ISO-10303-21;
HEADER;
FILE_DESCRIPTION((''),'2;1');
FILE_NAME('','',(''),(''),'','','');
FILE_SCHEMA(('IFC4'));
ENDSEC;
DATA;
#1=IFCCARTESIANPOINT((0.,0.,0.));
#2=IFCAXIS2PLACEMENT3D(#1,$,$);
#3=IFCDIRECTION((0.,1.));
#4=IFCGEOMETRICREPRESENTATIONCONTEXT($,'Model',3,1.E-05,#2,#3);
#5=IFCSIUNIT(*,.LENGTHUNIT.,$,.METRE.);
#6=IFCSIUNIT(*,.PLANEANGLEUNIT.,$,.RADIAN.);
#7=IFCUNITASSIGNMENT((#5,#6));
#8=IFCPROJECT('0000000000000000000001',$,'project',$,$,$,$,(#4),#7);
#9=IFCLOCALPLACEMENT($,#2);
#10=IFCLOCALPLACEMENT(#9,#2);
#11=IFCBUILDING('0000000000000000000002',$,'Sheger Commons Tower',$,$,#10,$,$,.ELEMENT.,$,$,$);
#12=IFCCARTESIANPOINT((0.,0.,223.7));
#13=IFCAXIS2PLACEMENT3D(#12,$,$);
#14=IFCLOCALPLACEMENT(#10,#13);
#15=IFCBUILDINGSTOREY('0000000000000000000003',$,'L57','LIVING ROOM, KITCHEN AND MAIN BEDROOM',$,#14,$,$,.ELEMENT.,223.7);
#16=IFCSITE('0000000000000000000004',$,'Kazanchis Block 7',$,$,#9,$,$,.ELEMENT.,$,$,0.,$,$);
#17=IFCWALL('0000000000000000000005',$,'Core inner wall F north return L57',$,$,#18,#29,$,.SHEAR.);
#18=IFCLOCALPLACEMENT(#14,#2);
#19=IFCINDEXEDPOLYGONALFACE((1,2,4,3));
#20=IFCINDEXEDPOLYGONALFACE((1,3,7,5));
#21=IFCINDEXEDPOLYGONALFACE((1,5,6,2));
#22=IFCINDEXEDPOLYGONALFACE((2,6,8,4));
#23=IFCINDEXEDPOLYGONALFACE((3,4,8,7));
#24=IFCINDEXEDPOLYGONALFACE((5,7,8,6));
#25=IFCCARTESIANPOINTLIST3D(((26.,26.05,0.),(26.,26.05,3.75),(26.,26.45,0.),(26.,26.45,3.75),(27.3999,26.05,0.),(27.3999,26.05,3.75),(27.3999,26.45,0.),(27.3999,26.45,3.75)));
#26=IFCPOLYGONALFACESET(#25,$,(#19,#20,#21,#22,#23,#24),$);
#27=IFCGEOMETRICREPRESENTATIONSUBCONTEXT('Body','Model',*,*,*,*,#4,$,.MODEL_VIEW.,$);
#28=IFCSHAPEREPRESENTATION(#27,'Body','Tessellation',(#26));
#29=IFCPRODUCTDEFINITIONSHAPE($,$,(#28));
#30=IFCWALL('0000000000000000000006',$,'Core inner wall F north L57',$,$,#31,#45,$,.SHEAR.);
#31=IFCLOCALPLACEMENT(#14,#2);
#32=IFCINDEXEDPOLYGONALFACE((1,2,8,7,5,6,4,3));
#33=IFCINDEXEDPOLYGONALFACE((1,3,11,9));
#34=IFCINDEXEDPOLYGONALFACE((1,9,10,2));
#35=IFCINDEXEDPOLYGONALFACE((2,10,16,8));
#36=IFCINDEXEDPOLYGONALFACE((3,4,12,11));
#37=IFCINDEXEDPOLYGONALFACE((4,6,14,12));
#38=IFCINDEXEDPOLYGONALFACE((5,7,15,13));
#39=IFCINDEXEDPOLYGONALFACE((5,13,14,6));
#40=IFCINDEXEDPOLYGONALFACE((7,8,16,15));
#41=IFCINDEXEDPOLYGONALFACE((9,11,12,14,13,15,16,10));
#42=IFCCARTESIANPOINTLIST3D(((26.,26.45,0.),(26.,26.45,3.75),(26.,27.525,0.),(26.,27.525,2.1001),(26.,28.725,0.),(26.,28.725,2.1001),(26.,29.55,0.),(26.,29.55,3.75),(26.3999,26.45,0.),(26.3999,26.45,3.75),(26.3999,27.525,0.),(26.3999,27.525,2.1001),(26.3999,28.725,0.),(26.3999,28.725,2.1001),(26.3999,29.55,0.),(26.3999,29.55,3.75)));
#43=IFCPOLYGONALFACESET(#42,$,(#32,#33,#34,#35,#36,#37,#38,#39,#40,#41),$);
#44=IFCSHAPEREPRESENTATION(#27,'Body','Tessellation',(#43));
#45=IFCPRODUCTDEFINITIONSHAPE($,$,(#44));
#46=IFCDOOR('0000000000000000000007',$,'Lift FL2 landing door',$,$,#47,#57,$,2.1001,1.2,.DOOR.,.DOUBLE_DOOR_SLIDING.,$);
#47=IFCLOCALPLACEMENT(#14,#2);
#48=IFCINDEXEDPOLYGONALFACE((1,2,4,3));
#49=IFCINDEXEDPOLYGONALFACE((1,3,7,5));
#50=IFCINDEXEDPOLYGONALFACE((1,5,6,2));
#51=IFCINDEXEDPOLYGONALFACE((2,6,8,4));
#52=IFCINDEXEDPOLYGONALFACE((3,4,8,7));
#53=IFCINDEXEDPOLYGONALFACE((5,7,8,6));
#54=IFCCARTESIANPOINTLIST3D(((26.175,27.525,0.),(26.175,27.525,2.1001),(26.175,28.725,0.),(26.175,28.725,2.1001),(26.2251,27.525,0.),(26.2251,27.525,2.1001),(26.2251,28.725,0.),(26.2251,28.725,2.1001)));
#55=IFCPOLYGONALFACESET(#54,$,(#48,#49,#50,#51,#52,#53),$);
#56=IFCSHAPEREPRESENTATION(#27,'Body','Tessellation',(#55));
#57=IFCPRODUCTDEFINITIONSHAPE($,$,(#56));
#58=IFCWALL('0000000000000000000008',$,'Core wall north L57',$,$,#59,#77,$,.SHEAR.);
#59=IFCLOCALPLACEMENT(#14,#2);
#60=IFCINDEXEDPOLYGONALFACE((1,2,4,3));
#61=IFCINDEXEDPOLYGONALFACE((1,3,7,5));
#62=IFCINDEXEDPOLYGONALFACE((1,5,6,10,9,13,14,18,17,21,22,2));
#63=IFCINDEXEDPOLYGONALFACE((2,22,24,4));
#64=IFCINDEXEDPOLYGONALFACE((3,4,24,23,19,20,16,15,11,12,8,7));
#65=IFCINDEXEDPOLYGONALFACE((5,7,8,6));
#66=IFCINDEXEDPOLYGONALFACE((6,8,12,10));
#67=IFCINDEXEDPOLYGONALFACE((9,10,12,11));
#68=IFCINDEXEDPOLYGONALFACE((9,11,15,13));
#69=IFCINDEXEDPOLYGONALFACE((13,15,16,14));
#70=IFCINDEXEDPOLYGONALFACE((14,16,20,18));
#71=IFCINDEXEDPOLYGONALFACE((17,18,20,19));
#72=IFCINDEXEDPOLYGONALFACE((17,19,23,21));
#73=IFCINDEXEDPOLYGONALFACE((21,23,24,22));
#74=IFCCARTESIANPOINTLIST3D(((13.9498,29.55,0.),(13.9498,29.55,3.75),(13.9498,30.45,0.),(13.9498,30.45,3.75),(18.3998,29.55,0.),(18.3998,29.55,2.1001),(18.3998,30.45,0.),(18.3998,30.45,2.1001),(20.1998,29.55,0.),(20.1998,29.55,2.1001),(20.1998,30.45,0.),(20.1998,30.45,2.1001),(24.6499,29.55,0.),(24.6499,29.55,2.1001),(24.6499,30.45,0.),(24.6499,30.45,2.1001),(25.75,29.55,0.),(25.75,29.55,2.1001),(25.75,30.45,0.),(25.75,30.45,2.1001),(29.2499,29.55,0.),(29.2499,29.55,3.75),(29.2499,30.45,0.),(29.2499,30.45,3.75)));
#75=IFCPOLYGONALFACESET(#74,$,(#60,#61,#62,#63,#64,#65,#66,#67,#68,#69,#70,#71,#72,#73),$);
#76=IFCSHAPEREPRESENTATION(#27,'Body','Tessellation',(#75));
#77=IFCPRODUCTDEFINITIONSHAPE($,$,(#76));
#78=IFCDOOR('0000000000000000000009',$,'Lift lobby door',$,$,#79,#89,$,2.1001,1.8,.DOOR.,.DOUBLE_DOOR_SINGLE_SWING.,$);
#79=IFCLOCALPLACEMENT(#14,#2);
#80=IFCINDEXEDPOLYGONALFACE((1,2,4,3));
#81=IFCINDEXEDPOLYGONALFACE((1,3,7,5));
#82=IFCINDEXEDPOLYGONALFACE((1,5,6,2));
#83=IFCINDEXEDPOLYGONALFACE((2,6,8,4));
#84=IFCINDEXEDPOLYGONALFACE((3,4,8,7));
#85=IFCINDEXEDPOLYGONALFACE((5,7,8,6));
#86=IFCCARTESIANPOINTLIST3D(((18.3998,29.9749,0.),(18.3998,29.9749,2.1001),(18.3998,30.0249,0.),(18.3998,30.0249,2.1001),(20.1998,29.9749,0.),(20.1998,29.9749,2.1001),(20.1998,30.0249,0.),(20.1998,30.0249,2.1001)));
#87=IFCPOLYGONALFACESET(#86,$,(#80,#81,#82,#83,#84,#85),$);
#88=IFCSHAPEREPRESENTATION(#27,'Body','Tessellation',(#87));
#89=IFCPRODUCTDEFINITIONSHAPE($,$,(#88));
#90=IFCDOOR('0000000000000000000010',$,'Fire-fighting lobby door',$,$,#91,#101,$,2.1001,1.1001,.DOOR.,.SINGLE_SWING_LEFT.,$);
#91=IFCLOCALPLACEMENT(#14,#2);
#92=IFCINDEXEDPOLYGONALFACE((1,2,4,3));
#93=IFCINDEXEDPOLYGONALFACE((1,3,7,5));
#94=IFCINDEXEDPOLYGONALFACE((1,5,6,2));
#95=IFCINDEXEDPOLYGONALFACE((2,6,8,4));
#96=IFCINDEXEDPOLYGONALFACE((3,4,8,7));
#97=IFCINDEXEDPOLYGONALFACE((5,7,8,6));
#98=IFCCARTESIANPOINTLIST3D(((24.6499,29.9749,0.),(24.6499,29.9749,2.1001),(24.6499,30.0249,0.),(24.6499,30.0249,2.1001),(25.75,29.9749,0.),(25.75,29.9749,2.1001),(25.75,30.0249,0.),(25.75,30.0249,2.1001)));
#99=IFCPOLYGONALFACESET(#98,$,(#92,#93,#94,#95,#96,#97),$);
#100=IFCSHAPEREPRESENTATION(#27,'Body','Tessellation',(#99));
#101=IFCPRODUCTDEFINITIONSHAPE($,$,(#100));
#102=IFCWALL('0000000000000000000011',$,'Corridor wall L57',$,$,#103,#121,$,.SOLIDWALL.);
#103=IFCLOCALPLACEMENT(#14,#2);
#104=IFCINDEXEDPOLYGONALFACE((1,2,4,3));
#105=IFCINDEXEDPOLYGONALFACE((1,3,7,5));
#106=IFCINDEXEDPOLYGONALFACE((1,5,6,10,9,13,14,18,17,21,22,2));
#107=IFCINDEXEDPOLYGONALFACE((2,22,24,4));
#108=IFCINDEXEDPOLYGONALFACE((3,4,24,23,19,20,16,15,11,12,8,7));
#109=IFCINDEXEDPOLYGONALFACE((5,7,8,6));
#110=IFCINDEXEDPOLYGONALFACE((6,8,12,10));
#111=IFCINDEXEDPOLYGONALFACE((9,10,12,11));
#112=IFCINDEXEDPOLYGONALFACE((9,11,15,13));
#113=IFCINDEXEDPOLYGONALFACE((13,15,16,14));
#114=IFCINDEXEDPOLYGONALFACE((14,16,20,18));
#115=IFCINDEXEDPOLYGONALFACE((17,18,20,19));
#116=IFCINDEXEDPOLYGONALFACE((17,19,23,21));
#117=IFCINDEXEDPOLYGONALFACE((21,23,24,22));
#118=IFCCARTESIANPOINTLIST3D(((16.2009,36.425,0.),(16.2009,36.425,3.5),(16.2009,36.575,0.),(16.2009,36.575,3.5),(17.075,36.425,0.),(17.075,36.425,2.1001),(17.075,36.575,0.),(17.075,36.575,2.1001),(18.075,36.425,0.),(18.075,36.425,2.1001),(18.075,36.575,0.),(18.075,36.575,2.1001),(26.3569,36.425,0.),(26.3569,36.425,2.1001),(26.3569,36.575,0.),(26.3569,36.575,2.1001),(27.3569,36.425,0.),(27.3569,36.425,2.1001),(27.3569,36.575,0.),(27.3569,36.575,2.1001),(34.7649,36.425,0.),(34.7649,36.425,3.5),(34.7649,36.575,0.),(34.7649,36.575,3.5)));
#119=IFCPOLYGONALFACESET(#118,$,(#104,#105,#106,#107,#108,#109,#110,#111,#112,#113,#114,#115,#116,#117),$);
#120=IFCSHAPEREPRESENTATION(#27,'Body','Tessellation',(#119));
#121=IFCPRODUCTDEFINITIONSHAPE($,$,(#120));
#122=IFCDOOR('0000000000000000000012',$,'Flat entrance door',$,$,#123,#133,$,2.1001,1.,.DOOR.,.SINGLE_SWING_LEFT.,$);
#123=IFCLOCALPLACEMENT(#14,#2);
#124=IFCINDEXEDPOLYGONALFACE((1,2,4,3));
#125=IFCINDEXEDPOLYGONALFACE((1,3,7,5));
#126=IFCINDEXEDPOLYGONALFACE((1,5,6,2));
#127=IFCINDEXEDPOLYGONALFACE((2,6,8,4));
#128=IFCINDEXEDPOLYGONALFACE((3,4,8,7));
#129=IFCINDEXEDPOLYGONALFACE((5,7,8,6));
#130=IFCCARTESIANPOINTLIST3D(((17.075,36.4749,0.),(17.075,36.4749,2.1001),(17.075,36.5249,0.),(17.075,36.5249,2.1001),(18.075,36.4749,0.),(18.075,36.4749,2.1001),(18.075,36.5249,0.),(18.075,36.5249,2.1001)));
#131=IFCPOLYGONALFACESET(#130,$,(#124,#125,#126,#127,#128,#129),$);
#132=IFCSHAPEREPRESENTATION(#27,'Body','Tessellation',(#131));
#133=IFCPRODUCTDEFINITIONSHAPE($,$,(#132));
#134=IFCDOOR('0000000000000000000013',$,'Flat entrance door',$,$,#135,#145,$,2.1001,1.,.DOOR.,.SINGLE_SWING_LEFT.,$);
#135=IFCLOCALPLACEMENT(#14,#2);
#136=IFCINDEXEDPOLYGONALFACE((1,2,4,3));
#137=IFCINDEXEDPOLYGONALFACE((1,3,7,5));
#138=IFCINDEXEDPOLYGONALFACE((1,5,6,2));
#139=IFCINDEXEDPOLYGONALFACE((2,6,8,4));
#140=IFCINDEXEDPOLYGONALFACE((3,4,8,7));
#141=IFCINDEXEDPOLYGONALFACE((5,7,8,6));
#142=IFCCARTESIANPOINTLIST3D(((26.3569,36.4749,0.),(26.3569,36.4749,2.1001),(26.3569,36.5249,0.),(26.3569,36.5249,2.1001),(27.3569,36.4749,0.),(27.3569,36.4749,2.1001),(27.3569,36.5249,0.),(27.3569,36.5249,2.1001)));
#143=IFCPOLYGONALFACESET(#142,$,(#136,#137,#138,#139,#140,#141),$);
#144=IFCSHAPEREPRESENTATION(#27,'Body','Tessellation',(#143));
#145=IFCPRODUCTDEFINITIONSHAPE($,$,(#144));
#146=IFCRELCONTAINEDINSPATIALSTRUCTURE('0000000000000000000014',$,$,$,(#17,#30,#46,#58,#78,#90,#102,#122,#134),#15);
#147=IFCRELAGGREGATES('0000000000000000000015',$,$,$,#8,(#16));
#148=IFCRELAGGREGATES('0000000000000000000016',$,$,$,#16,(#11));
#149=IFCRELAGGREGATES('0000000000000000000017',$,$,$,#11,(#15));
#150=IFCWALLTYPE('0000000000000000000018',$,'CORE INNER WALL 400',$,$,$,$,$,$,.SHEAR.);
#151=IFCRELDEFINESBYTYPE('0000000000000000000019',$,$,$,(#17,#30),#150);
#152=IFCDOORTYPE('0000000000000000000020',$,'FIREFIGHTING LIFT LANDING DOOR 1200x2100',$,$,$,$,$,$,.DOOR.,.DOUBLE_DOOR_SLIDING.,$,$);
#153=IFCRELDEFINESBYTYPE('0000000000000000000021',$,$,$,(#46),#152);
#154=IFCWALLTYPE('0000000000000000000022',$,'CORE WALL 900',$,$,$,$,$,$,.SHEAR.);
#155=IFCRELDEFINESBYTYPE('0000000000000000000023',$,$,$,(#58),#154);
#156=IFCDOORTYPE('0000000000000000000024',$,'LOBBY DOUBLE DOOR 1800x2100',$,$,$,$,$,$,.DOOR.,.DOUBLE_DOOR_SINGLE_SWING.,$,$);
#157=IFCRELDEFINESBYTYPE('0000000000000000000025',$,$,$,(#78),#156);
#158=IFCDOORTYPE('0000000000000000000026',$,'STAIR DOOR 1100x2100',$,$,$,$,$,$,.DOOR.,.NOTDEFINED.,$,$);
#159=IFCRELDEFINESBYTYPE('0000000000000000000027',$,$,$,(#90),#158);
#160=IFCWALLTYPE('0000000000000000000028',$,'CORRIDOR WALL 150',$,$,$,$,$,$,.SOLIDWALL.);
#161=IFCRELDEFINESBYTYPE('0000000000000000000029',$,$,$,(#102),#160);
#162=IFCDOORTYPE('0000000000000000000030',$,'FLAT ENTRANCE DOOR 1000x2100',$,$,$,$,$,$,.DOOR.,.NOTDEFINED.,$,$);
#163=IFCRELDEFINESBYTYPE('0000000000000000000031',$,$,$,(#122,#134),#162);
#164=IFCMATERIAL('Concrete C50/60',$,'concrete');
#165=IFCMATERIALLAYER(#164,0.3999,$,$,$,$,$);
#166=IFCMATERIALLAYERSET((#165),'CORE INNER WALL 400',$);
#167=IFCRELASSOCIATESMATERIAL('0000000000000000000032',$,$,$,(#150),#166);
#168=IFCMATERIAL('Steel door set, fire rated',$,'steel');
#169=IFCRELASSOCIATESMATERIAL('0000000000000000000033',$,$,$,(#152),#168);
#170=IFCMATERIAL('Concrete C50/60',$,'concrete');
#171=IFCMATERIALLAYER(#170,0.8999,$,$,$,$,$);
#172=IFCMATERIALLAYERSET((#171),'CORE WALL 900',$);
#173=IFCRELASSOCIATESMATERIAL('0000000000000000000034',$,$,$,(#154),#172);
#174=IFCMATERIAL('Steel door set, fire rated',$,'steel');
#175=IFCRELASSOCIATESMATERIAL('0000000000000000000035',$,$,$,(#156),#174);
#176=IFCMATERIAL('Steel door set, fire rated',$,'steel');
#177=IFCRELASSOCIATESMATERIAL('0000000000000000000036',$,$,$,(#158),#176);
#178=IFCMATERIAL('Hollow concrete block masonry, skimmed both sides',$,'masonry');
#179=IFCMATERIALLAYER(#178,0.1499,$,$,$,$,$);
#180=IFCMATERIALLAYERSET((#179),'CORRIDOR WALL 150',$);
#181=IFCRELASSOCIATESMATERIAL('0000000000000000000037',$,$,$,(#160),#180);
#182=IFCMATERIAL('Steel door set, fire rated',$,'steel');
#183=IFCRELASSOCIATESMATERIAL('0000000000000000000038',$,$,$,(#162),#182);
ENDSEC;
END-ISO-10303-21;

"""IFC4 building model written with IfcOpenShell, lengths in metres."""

from ifc_helpers import new_model, si_unit, direction, frame, frame_2d, origin, place, context, subcontext, project, spatial, rectangle, extrude, material, layer, layer_set, type_object, element, fill, save


model = new_model("IFC4")

# Units and contexts
model_context = context("Model", 3, precision=1e-05, world=origin(), true_north=direction((0.0, 1.0)))
body_context = subcontext(model_context, "Body", "Model", "MODEL_VIEW")
ifc_project = project(units=[si_unit("LENGTHUNIT", "METRE"), si_unit("PLANEANGLEUNIT", "RADIAN")], contexts=[model_context])

# Site, building, storey
site_placement = place(None, origin())
site = spatial("IfcSite", under=ifc_project, at=site_placement, Name="Kazanchis Block 7", CompositionType="ELEMENT", RefElevation=0.0)
building_placement = place(site_placement, origin())
building = spatial("IfcBuilding", under=site, at=building_placement, Name="Sheger Commons Tower", CompositionType="ELEMENT")
storey_placement = place(building_placement, frame((0.0, 0.0, 223.7)))
storey = spatial("IfcBuildingStorey", under=building, at=storey_placement, Name="L57", Description="LIVING ROOM, KITCHEN AND MAIN BEDROOM", CompositionType="ELEMENT", Elevation=223.7)

# Wall
ifc_material_1 = material(Name="Concrete C50/60", Category="concrete")
ifc_layer_1 = layer(ifc_material_1, 0.3999)
ifc_layer_set_1 = layer_set([ifc_layer_1], Name="CORE INNER WALL 400")
wall_type_1 = type_object("IfcWallType", Name="CORE INNER WALL 400", PredefinedType="SHEAR", material=ifc_layer_set_1)
wall_1_placement = place(storey_placement, frame((26.0, 26.25, 0.0), z_axis=(0.0, 0.0, 1.0), x_axis=(1.0, 0.0, 0.0)))
element("IfcWall", 1, at=wall_1_placement, inside=storey, type_object=wall_type_1, Name="Core inner wall F north return L57", PredefinedType="SHEAR", context=body_context, shape_type="SweptSolid", body=[
    extrude(rectangle(XDim=1.3999, YDim=0.3999, at=frame_2d((0.7, 0.0))), origin(), (0.0, 0.0, 1.0), 3.75),
])

# Wall, opening, door
wall_2_placement = place(storey_placement, frame((26.2, 26.45, 0.0), z_axis=(0.0, 0.0, 1.0), x_axis=(0.0, 1.0, 0.0)))
wall_2 = element("IfcWall", 2, at=wall_2_placement, inside=storey, type_object=wall_type_1, Name="Core inner wall F north L57", PredefinedType="SHEAR", context=body_context, shape_type="SweptSolid", body=[
    extrude(rectangle(XDim=3.1001, YDim=0.3999, at=frame_2d((1.55, 0.0))), origin(), (0.0, 0.0, 1.0), 3.75),
])
opening_1_placement = place(wall_2_placement, frame((1.075, 0.0, 0.0)))
opening_1 = element("IfcOpeningElement", 3, at=opening_1_placement, cuts=wall_2, PredefinedType="OPENING", context=body_context, shape_type="SweptSolid", body=[
    extrude(rectangle(XDim=1.2, YDim=2.1001, at=frame_2d((0.6001, 1.05))), frame((0.0, 0.21, 0.0), z_axis=(0.0, -1.0, 0.0), x_axis=(1.0, 0.0, 0.0)), (0.0, 0.0, 1.0), 0.4199),
])
ifc_material_2 = material(Name="Steel door set, fire rated", Category="steel")
door_type_1 = type_object("IfcDoorType", Name="FIREFIGHTING LIFT LANDING DOOR 1200x2100", OperationType="DOUBLE_DOOR_SLIDING", PredefinedType="DOOR", material=ifc_material_2)
door_1_placement = place(opening_1_placement, origin())
door_1 = element("IfcDoor", 4, at=door_1_placement, inside=storey, type_object=door_type_1, Name="Lift FL2 landing door", OperationType="DOUBLE_DOOR_SLIDING", OverallHeight=2.1001, OverallWidth=1.2, PredefinedType="DOOR", context=body_context, shape_type="SweptSolid", body=[
    extrude(rectangle(XDim=1.2, YDim=2.1001, at=frame_2d((0.6001, 1.05))), frame((0.0, 0.0249, 0.0), z_axis=(0.0, -1.0, 0.0), x_axis=(1.0, 0.0, 0.0)), (0.0, 0.0, 1.0), 0.05),
])
fill(opening_1, door_1)

# Walls, openings, doors
ifc_material_3 = material(Name="Concrete C50/60", Category="concrete")
ifc_layer_2 = layer(ifc_material_3, 0.8999)
ifc_layer_set_2 = layer_set([ifc_layer_2], Name="CORE WALL 900")
wall_type_2 = type_object("IfcWallType", Name="CORE WALL 900", PredefinedType="SHEAR", material=ifc_layer_set_2)
wall_3_placement = place(storey_placement, frame((13.95, 30.0, 0.0), z_axis=(0.0, 0.0, 1.0), x_axis=(1.0, 0.0, 0.0)))
wall_3 = element("IfcWall", 5, at=wall_3_placement, inside=storey, type_object=wall_type_2, Name="Core wall north L57", PredefinedType="SHEAR", context=body_context, shape_type="SweptSolid", body=[
    extrude(rectangle(XDim=15.3, YDim=0.8999, at=frame_2d((7.6499, 0.0))), origin(), (0.0, 0.0, 1.0), 3.75),
])
opening_2_placement = place(wall_3_placement, frame((4.45, 0.0, 0.0)))
opening_2 = element("IfcOpeningElement", 6, at=opening_2_placement, cuts=wall_3, PredefinedType="OPENING", context=body_context, shape_type="SweptSolid", body=[
    extrude(rectangle(XDim=1.8, YDim=2.1001, at=frame_2d((0.8999, 1.05))), frame((0.0, 0.46, 0.0), z_axis=(0.0, -1.0, 0.0), x_axis=(1.0, 0.0, 0.0)), (0.0, 0.0, 1.0), 0.9199),
])
opening_3_placement = place(wall_3_placement, frame((10.7, 0.0, 0.0)))
opening_3 = element("IfcOpeningElement", 7, at=opening_3_placement, cuts=wall_3, PredefinedType="OPENING", context=body_context, shape_type="SweptSolid", body=[
    extrude(rectangle(XDim=1.1001, YDim=2.1001, at=frame_2d((0.55, 1.05))), frame((0.0, 0.46, 0.0), z_axis=(0.0, -1.0, 0.0), x_axis=(1.0, 0.0, 0.0)), (0.0, 0.0, 1.0), 0.9199),
])
ifc_material_4 = material(Name="Steel door set, fire rated", Category="steel")
door_type_2 = type_object("IfcDoorType", Name="LOBBY DOUBLE DOOR 1800x2100", OperationType="DOUBLE_DOOR_SINGLE_SWING", PredefinedType="DOOR", material=ifc_material_4)
door_2_placement = place(opening_2_placement, origin())
door_2 = element("IfcDoor", 8, at=door_2_placement, inside=storey, type_object=door_type_2, Name="Lift lobby door", OperationType="DOUBLE_DOOR_SINGLE_SWING", OverallHeight=2.1001, OverallWidth=1.8, PredefinedType="DOOR", context=body_context, shape_type="SweptSolid", body=[
    extrude(rectangle(XDim=1.8, YDim=2.1001, at=frame_2d((0.8999, 1.05))), frame((0.0, 0.0249, 0.0), z_axis=(0.0, -1.0, 0.0), x_axis=(1.0, 0.0, 0.0)), (0.0, 0.0, 1.0), 0.05),
])
fill(opening_2, door_2)
ifc_material_5 = material(Name="Steel door set, fire rated", Category="steel")
door_type_3 = type_object("IfcDoorType", Name="STAIR DOOR 1100x2100", OperationType="NOTDEFINED", PredefinedType="DOOR", material=ifc_material_5)
door_3_placement = place(opening_3_placement, origin())
door_3 = element("IfcDoor", 9, at=door_3_placement, inside=storey, type_object=door_type_3, Name="Fire-fighting lobby door", OperationType="SINGLE_SWING_LEFT", OverallHeight=2.1001, OverallWidth=1.1001, PredefinedType="DOOR", context=body_context, shape_type="SweptSolid", body=[
    extrude(rectangle(XDim=1.1001, YDim=2.1001, at=frame_2d((0.55, 1.05))), frame((0.0, 0.0249, 0.0), z_axis=(0.0, -1.0, 0.0), x_axis=(1.0, 0.0, 0.0)), (0.0, 0.0, 1.0), 0.05),
])
fill(opening_3, door_3)
ifc_material_6 = material(Name="Hollow concrete block masonry, skimmed both sides", Category="masonry")
ifc_layer_3 = layer(ifc_material_6, 0.1499)
ifc_layer_set_3 = layer_set([ifc_layer_3], Name="CORRIDOR WALL 150")
wall_type_3 = type_object("IfcWallType", Name="CORRIDOR WALL 150", PredefinedType="SOLIDWALL", material=ifc_layer_set_3)
wall_4_placement = place(storey_placement, frame((16.2009, 36.5, 0.0), z_axis=(0.0, 0.0, 1.0), x_axis=(1.0, 0.0, 0.0)))
wall_4 = element("IfcWall", 10, at=wall_4_placement, inside=storey, type_object=wall_type_3, Name="Corridor wall L57", PredefinedType="SOLIDWALL", context=body_context, shape_type="SweptSolid", body=[
    extrude(rectangle(XDim=18.564, YDim=0.1499, at=frame_2d((9.282, 0.0))), origin(), (0.0, 0.0, 1.0), 3.5),
])
opening_4_placement = place(wall_4_placement, frame((0.874, 0.0, 0.0)))
opening_4 = element("IfcOpeningElement", 11, at=opening_4_placement, cuts=wall_4, PredefinedType="OPENING", context=body_context, shape_type="SweptSolid", body=[
    extrude(rectangle(XDim=1.0, YDim=2.1001, at=frame_2d((0.5, 1.05))), frame((0.0, 0.085, 0.0), z_axis=(0.0, -1.0, 0.0), x_axis=(1.0, 0.0, 0.0)), (0.0, 0.0, 1.0), 0.1699),
])
opening_5_placement = place(wall_4_placement, frame((10.156, 0.0, 0.0)))
opening_5 = element("IfcOpeningElement", 12, at=opening_5_placement, cuts=wall_4, PredefinedType="OPENING", context=body_context, shape_type="SweptSolid", body=[
    extrude(rectangle(XDim=1.0, YDim=2.1001, at=frame_2d((0.5, 1.05))), frame((0.0, 0.085, 0.0), z_axis=(0.0, -1.0, 0.0), x_axis=(1.0, 0.0, 0.0)), (0.0, 0.0, 1.0), 0.1699),
])
ifc_material_7 = material(Name="Steel door set, fire rated", Category="steel")
door_type_4 = type_object("IfcDoorType", Name="FLAT ENTRANCE DOOR 1000x2100", OperationType="NOTDEFINED", PredefinedType="DOOR", material=ifc_material_7)
door_4_placement = place(opening_4_placement, origin())
door_4 = element("IfcDoor", 13, at=door_4_placement, inside=storey, type_object=door_type_4, Name="Flat entrance door", OperationType="SINGLE_SWING_LEFT", OverallHeight=2.1001, OverallWidth=1.0, PredefinedType="DOOR", context=body_context, shape_type="SweptSolid", body=[
    extrude(rectangle(XDim=1.0, YDim=2.1001, at=frame_2d((0.5, 1.05))), frame((0.0, 0.0249, 0.0), z_axis=(0.0, -1.0, 0.0), x_axis=(1.0, 0.0, 0.0)), (0.0, 0.0, 1.0), 0.05),
])
fill(opening_4, door_4)
door_5_placement = place(opening_5_placement, origin())
door_5 = element("IfcDoor", 14, at=door_5_placement, inside=storey, type_object=door_type_4, Name="Flat entrance door", OperationType="SINGLE_SWING_LEFT", OverallHeight=2.1001, OverallWidth=1.0, PredefinedType="DOOR", context=body_context, shape_type="SweptSolid", body=[
    extrude(rectangle(XDim=1.0, YDim=2.1001, at=frame_2d((0.5, 1.05))), frame((0.0, 0.0249, 0.0), z_axis=(0.0, -1.0, 0.0), x_axis=(1.0, 0.0, 0.0)), (0.0, 0.0, 1.0), 0.05),
])
fill(opening_5, door_5)

save(model, "model.ifc")
